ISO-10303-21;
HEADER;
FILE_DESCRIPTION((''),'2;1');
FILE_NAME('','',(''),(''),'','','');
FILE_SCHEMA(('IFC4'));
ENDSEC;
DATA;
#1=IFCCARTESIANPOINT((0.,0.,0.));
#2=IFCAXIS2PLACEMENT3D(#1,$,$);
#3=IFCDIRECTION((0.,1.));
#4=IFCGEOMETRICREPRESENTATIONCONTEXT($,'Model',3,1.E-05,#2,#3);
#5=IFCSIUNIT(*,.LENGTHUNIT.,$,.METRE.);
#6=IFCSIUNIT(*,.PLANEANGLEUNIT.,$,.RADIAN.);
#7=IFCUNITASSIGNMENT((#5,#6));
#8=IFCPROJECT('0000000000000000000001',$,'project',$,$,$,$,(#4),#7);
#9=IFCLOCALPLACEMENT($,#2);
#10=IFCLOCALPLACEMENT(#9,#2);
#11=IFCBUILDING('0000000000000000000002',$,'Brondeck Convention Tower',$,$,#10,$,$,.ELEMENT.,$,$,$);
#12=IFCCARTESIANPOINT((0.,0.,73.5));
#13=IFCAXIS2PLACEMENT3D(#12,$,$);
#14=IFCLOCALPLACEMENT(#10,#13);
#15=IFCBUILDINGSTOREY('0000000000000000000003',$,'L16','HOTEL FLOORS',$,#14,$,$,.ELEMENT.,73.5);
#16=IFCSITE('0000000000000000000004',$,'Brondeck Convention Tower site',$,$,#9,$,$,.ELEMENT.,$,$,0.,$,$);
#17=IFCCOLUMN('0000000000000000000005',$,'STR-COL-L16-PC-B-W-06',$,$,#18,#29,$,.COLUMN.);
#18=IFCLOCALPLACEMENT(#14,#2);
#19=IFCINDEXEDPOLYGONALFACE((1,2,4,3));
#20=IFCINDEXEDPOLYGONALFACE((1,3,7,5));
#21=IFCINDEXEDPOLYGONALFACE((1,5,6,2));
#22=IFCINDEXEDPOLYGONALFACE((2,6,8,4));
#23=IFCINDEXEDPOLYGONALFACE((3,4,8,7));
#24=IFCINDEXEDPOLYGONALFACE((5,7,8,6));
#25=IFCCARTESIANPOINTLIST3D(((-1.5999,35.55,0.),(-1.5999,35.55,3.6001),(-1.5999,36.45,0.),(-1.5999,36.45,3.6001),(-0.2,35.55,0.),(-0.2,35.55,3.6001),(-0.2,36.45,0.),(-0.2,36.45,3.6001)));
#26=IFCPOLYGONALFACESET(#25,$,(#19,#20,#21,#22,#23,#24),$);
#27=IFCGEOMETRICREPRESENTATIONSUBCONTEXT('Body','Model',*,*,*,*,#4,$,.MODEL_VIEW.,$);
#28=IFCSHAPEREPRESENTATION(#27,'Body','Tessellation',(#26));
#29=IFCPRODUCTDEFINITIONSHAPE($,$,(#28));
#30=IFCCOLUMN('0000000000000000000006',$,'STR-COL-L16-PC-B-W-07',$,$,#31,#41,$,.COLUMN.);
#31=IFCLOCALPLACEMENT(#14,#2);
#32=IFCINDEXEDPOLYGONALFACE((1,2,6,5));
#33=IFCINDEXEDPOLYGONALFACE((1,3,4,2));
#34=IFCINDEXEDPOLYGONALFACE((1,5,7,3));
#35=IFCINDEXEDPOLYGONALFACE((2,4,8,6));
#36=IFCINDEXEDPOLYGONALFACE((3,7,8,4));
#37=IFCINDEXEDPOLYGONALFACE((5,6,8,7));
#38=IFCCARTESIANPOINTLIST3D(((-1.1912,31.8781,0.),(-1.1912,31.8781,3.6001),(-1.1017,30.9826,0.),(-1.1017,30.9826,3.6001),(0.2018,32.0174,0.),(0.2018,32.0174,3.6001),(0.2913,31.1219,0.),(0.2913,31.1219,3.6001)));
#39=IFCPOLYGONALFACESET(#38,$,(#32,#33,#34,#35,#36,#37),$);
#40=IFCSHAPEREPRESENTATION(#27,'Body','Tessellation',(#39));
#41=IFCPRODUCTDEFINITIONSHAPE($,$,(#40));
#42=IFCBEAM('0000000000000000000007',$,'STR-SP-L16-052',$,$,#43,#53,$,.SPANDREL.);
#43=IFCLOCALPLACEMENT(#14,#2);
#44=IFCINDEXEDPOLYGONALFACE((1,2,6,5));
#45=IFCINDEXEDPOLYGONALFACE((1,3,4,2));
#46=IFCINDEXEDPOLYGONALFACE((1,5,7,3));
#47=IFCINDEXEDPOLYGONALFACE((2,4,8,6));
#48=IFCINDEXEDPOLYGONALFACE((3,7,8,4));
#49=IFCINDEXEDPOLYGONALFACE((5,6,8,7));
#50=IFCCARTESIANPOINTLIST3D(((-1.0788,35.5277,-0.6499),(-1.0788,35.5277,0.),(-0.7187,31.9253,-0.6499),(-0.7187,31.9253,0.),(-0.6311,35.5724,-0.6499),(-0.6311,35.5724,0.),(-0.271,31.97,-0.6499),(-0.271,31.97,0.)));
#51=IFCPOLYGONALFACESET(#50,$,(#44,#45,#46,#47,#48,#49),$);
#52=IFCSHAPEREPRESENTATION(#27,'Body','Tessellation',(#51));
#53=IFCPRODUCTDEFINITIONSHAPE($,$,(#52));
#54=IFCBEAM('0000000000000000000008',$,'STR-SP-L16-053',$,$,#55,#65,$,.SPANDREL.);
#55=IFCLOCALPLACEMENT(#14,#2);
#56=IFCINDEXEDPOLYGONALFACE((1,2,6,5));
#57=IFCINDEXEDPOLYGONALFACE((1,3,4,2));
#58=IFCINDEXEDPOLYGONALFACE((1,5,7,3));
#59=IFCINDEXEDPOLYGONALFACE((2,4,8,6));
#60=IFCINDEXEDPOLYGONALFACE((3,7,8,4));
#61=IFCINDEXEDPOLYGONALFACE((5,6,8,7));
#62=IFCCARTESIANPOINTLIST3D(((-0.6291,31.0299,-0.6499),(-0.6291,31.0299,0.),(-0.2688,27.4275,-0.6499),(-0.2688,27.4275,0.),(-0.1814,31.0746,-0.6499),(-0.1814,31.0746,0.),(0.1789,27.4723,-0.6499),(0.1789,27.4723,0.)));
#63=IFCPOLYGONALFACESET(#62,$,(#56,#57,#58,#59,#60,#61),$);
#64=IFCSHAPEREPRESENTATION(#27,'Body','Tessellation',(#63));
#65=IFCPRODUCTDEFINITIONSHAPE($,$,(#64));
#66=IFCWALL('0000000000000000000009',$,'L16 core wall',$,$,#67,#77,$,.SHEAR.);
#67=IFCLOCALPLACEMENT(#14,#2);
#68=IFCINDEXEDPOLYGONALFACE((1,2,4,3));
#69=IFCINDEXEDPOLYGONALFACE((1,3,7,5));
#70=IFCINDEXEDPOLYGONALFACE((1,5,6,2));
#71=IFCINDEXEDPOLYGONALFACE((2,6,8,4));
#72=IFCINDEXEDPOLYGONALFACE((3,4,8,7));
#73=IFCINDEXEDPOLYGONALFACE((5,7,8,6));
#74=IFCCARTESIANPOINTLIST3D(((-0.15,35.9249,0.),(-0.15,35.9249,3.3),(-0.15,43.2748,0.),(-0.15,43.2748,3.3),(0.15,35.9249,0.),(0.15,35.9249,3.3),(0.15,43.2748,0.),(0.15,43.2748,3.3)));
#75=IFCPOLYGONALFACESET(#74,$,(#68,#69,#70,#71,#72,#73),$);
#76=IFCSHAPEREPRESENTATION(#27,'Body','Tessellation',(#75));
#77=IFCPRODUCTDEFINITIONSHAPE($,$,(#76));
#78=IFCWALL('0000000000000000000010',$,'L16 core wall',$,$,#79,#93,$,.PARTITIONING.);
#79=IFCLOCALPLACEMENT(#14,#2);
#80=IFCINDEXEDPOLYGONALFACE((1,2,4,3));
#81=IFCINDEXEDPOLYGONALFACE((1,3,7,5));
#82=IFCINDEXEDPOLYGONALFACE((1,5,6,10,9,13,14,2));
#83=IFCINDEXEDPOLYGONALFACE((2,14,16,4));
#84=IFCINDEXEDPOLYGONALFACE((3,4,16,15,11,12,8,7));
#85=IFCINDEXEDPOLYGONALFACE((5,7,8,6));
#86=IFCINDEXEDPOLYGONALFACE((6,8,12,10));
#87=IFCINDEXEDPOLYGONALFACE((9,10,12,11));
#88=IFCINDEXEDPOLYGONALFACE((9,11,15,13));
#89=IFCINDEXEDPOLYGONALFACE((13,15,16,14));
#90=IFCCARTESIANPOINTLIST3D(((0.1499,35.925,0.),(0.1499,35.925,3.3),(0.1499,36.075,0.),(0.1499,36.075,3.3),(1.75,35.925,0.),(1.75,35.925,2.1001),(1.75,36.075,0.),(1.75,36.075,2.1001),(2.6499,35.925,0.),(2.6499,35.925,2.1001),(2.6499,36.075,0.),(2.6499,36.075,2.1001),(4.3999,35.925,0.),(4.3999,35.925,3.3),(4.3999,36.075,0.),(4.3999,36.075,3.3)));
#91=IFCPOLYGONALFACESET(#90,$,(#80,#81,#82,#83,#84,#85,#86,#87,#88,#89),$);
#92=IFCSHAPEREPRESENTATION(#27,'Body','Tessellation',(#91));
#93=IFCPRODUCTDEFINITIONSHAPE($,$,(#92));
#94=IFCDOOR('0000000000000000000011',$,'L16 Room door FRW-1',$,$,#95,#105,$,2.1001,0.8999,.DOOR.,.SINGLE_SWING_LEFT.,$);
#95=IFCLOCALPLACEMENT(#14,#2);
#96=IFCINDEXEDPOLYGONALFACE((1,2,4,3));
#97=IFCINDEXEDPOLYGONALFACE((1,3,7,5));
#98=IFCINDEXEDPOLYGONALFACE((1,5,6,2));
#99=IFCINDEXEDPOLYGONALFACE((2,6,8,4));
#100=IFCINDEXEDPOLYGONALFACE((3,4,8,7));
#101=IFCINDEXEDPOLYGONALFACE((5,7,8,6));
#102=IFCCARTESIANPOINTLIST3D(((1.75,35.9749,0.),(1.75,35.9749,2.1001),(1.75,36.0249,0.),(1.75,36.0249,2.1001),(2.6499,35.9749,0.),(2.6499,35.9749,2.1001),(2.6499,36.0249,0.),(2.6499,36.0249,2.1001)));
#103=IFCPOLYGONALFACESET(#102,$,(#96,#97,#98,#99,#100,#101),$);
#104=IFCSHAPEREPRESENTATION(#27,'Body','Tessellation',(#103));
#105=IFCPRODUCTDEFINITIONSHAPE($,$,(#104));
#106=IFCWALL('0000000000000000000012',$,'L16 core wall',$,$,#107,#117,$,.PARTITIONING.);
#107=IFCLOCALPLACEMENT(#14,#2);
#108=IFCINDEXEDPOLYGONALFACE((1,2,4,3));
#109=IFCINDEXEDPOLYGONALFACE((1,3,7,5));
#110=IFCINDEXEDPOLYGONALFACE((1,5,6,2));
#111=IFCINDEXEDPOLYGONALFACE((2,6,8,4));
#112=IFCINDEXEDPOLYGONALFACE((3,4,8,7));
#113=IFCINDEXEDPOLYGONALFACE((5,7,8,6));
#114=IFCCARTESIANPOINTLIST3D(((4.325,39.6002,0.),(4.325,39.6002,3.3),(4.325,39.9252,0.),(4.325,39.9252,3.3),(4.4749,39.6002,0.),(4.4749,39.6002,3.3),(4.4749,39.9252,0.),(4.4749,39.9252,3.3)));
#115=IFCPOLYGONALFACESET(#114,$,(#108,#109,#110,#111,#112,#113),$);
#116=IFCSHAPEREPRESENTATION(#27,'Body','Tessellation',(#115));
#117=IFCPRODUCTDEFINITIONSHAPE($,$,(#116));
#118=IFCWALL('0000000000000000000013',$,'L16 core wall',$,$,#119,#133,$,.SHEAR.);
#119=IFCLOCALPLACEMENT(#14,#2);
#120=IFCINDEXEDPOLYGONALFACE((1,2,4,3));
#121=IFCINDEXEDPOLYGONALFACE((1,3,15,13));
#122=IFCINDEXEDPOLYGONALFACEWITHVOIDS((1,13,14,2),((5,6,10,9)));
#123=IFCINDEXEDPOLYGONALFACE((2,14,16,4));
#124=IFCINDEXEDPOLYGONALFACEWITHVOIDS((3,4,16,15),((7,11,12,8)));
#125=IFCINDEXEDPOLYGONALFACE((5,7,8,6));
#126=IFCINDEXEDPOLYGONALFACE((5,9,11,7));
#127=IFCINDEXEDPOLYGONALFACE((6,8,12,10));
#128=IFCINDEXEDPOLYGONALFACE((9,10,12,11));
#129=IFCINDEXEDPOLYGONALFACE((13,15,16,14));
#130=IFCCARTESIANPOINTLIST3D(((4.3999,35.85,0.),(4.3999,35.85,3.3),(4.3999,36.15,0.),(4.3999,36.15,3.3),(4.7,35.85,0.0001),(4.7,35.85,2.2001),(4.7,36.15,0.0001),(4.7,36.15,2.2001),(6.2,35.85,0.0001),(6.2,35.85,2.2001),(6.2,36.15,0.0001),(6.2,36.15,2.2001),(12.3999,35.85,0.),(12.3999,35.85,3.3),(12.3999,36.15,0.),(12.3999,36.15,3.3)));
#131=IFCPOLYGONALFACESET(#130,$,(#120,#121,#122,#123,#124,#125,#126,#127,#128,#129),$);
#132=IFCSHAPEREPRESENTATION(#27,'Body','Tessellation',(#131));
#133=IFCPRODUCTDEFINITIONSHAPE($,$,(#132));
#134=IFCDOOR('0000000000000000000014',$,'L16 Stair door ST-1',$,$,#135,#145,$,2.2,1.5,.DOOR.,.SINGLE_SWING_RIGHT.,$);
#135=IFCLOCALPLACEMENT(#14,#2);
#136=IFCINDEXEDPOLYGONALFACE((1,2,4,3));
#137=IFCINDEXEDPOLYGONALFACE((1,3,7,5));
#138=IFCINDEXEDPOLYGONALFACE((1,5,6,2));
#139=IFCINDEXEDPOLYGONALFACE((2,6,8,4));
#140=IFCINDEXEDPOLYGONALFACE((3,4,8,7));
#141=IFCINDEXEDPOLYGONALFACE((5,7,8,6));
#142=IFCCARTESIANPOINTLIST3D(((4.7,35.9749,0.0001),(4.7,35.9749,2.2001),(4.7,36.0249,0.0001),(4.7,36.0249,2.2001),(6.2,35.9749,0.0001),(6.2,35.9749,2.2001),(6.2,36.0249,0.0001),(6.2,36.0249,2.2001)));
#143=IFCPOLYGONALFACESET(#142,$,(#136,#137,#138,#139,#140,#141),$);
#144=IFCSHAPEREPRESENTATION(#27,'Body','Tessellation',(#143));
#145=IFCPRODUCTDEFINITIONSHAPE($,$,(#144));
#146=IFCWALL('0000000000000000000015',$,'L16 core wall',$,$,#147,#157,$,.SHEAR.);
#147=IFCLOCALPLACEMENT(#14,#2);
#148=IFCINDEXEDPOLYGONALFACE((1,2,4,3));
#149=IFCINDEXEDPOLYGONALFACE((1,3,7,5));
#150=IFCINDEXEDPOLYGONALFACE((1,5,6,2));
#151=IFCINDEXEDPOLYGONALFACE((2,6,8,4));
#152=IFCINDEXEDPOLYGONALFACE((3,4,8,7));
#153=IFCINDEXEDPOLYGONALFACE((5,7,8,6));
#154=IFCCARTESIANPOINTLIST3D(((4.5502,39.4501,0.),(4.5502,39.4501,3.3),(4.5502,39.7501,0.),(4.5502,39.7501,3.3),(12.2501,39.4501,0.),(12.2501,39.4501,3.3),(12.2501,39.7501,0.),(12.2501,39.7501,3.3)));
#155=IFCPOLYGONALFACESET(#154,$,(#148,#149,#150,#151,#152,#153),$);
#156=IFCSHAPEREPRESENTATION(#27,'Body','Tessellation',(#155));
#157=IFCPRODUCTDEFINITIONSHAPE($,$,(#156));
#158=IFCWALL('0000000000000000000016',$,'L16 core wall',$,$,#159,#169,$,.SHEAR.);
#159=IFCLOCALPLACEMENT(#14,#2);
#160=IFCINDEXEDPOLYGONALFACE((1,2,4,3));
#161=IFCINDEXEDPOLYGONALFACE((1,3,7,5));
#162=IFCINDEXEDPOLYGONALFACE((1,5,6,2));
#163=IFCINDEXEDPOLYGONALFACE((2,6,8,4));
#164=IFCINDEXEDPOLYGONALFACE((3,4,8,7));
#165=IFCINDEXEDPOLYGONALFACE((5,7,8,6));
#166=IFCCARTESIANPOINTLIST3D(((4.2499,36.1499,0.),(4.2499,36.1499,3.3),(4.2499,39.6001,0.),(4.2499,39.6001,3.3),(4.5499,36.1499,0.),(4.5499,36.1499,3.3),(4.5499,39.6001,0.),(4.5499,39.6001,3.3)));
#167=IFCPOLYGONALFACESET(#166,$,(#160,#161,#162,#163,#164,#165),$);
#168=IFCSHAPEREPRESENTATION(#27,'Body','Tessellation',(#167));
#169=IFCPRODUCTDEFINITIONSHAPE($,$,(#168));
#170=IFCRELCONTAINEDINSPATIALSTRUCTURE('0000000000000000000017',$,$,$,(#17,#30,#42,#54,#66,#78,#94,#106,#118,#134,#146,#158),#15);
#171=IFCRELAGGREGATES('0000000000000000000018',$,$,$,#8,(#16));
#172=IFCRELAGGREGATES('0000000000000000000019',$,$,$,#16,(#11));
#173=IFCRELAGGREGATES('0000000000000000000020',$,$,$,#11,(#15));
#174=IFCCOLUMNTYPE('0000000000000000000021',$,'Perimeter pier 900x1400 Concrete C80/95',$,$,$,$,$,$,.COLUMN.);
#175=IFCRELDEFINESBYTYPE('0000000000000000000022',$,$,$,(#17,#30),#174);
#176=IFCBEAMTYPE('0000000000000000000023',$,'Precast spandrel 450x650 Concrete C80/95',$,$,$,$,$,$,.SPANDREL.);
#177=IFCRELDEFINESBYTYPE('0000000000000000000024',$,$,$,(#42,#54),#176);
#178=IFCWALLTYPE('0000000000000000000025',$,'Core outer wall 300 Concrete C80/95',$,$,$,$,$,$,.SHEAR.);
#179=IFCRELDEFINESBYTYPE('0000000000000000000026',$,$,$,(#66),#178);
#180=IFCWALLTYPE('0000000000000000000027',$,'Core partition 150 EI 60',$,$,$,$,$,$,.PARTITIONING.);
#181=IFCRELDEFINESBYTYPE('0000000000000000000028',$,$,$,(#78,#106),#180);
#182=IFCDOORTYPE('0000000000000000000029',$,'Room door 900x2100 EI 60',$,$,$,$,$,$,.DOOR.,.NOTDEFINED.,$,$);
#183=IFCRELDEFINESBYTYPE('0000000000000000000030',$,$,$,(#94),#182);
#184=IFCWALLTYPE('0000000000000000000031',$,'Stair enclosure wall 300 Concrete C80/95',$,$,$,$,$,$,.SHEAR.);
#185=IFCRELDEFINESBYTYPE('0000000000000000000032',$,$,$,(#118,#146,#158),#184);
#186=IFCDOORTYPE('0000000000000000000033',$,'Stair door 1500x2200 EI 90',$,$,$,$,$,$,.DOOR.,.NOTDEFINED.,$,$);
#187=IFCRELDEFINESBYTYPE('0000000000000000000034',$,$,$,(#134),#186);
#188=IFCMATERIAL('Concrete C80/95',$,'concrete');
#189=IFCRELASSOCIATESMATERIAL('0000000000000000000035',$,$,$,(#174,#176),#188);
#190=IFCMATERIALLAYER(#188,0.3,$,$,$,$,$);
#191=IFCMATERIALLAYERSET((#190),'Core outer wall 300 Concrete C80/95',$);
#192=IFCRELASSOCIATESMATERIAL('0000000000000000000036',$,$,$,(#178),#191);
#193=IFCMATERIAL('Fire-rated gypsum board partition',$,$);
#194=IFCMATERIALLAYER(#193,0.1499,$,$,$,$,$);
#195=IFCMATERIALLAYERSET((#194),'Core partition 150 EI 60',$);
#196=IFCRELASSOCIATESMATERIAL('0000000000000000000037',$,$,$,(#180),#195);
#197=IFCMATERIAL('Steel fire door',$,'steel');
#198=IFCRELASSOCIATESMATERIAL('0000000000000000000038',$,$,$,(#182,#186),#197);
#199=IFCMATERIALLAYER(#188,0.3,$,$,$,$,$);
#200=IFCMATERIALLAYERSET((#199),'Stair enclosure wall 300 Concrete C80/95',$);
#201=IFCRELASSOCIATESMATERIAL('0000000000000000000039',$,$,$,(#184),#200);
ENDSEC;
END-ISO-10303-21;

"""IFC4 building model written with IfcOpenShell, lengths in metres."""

from ifc_helpers import new_model, si_unit, direction, frame, frame_2d, origin, origin_2d, place, context, subcontext, project, spatial, rectangle, extrude, material, layer, layer_set, material_profile, profile_set, type_object, element, fill, save


model = new_model("IFC4")

# Units and contexts
model_context = context("Model", 3, precision=1e-05, world=origin(), true_north=direction((0.0, 1.0)))
body_context = subcontext(model_context, "Body", "Model", "MODEL_VIEW")
ifc_project = project(units=[si_unit("LENGTHUNIT", "METRE"), si_unit("PLANEANGLEUNIT", "RADIAN")], contexts=[model_context])

# Site, building, storey
site_placement = place(None, origin())
site = spatial("IfcSite", under=ifc_project, at=site_placement, Name="Brondeck Convention Tower site", CompositionType="ELEMENT", RefElevation=0.0)
building_placement = place(site_placement, origin())
building = spatial("IfcBuilding", under=site, at=building_placement, Name="Brondeck Convention Tower", CompositionType="ELEMENT")
storey_placement = place(building_placement, frame((0.0, 0.0, 73.5)))
storey = spatial("IfcBuildingStorey", under=building, at=storey_placement, Name="L16", Description="HOTEL FLOORS", CompositionType="ELEMENT", Elevation=73.5)

# Columns
ifc_material_1 = material(Name="Concrete C80/95", Category="concrete")
ifc_material_profile_1 = material_profile(ifc_material_1, rectangle(XDim=0.8999, YDim=1.3999, at=origin_2d()), Name="Perimeter pier 900x1400 Concrete C80/95")
ifc_profile_set_1 = profile_set([ifc_material_profile_1], Name="Concrete C80/95")
column_type = type_object("IfcColumnType", Name="Perimeter pier 900x1400 Concrete C80/95", PredefinedType="COLUMN", material=ifc_profile_set_1)
for number, where, z_axis, x_axis, name in (
    (1, (-0.8999, 36.0, 0.0), (0.0, 0.0, 1.0), (0.0, -1.0, 0.0), "STR-COL-L16-PC-B-W-06"),
    (2, (-0.45, 31.5, 0.0), (0.0, 0.0, 1.0), (0.099504, -0.995037, 0.0), "STR-COL-L16-PC-B-W-07"),
):
    element("IfcColumn", number, at=place(storey_placement, frame(where, z_axis=z_axis, x_axis=x_axis)), inside=storey, type_object=column_type, Name=name, PredefinedType="COLUMN", context=body_context, shape_type="SweptSolid", body=[
        extrude(rectangle(XDim=0.8999, YDim=1.3999, at=origin_2d()), origin(), (0.0, 0.0, 1.0), 3.6001),
    ])

# Beams
ifc_material_profile_2 = material_profile(ifc_material_1, rectangle(XDim=0.45, YDim=0.6499, at=origin_2d()), Name="Precast spandrel 450x650 Concrete C80/95")
ifc_profile_set_2 = profile_set([ifc_material_profile_2], Name="Concrete C80/95")
beam_type = type_object("IfcBeamType", Name="Precast spandrel 450x650 Concrete C80/95", PredefinedType="SPANDREL", material=ifc_profile_set_2)
for number, where, z_axis, x_axis, name in (
    (3, (-0.855, 35.55, -0.325), (0.09947, -0.995041, 0.0), (0.995041, 0.09947, 0.0), "STR-SP-L16-052"),
    (4, (-0.4053, 31.0522, -0.325), (0.099537, -0.995034, 0.0), (0.995034, 0.099537, 0.0), "STR-SP-L16-053"),
):
    element("IfcBeam", number, at=place(storey_placement, frame(where, z_axis=z_axis, x_axis=x_axis)), inside=storey, type_object=beam_type, Name=name, PredefinedType="SPANDREL", context=body_context, shape_type="SweptSolid", body=[
        extrude(rectangle(XDim=0.45, YDim=0.6499, at=origin_2d()), origin(), (0.0, 0.0, 1.0), 3.6204),
    ])

# Wall
ifc_layer_1 = layer(ifc_material_1, 0.3)
ifc_layer_set_1 = layer_set([ifc_layer_1], Name="Core outer wall 300 Concrete C80/95")
wall_type_1 = type_object("IfcWallType", Name="Core outer wall 300 Concrete C80/95", PredefinedType="SHEAR", material=ifc_layer_set_1)
wall_1_placement = place(storey_placement, frame((0.0, 35.925, 0.0), z_axis=(0.0, 0.0, 1.0), x_axis=(0.0, 1.0, 0.0)))
element("IfcWall", 5, at=wall_1_placement, inside=storey, type_object=wall_type_1, Name="L16 core wall", PredefinedType="SHEAR", context=body_context, shape_type="SweptSolid", body=[
    extrude(rectangle(XDim=7.3499, YDim=0.3, at=frame_2d((3.6748, 0.0))), origin(), (0.0, 0.0, 1.0), 3.3),
])

# Wall, opening, door
ifc_material_2 = material(Name="Fire-rated gypsum board partition")
ifc_layer_2 = layer(ifc_material_2, 0.1499)
ifc_layer_set_2 = layer_set([ifc_layer_2], Name="Core partition 150 EI 60")
wall_type_2 = type_object("IfcWallType", Name="Core partition 150 EI 60", PredefinedType="PARTITIONING", material=ifc_layer_set_2)
wall_2_placement = place(storey_placement, frame((0.1499, 36.0, 0.0), z_axis=(0.0, 0.0, 1.0), x_axis=(1.0, 0.0, 0.0)))
wall_2 = element("IfcWall", 6, at=wall_2_placement, inside=storey, type_object=wall_type_2, Name="L16 core wall", PredefinedType="PARTITIONING", context=body_context, shape_type="SweptSolid", body=[
    extrude(rectangle(XDim=4.25, YDim=0.1499, at=frame_2d((2.125, 0.0))), origin(), (0.0, 0.0, 1.0), 3.3),
])
opening_1_placement = place(wall_2_placement, frame((1.6001, 0.0, 0.0)))
opening_1 = element("IfcOpeningElement", 7, at=opening_1_placement, cuts=wall_2, PredefinedType="OPENING", context=body_context, shape_type="SweptSolid", body=[
    extrude(rectangle(XDim=0.8999, YDim=2.1001, at=frame_2d((0.45, 1.05))), frame((0.0, 0.085, 0.0), z_axis=(0.0, -1.0, 0.0), x_axis=(1.0, 0.0, 0.0)), (0.0, 0.0, 1.0), 0.1699),
])
ifc_material_3 = material(Name="Steel fire door", Category="steel")
door_type_1 = type_object("IfcDoorType", Name="Room door 900x2100 EI 60", OperationType="NOTDEFINED", PredefinedType="DOOR", material=ifc_material_3)
door_1_placement = place(opening_1_placement, origin())
door_1 = element("IfcDoor", 8, at=door_1_placement, inside=storey, type_object=door_type_1, Name="L16 Room door FRW-1", OperationType="SINGLE_SWING_LEFT", OverallHeight=2.1001, OverallWidth=0.8999, PredefinedType="DOOR", context=body_context, shape_type="SweptSolid", body=[
    extrude(rectangle(XDim=0.8999, YDim=2.1001, at=frame_2d((0.45, 1.05))), frame((0.0, 0.0249, 0.0), z_axis=(0.0, -1.0, 0.0), x_axis=(1.0, 0.0, 0.0)), (0.0, 0.0, 1.0), 0.05),
])
fill(opening_1, door_1)

# Wall
wall_3_placement = place(storey_placement, frame((4.3999, 39.6001, 0.0), z_axis=(0.0, 0.0, 1.0), x_axis=(0.0, 1.0, 0.0)))
element("IfcWall", 9, at=wall_3_placement, inside=storey, type_object=wall_type_2, Name="L16 core wall", PredefinedType="PARTITIONING", context=body_context, shape_type="SweptSolid", body=[
    extrude(rectangle(XDim=0.325, YDim=0.1499, at=frame_2d((0.1626, 0.0))), origin(), (0.0, 0.0, 1.0), 3.3),
])

# Wall, opening, door
ifc_layer_3 = layer(ifc_material_1, 0.3)
ifc_layer_set_3 = layer_set([ifc_layer_3], Name="Stair enclosure wall 300 Concrete C80/95")
wall_type_3 = type_object("IfcWallType", Name="Stair enclosure wall 300 Concrete C80/95", PredefinedType="SHEAR", material=ifc_layer_set_3)
wall_4_placement = place(storey_placement, frame((4.3999, 36.0, 0.0), z_axis=(0.0, 0.0, 1.0), x_axis=(1.0, 0.0, 0.0)))
wall_4 = element("IfcWall", 10, at=wall_4_placement, inside=storey, type_object=wall_type_3, Name="L16 core wall", PredefinedType="SHEAR", context=body_context, shape_type="SweptSolid", body=[
    extrude(rectangle(XDim=8.0, YDim=0.3, at=frame_2d((4.0, 0.0))), origin(), (0.0, 0.0, 1.0), 3.3),
])
opening_2_placement = place(wall_4_placement, frame((0.3, 0.0, 0.0)))
opening_2 = element("IfcOpeningElement", 11, at=opening_2_placement, cuts=wall_4, PredefinedType="OPENING", context=body_context, shape_type="SweptSolid", body=[
    extrude(rectangle(XDim=1.5, YDim=2.2, at=frame_2d((0.75, 1.1001))), frame((0.0, 0.1599, 0.0), z_axis=(0.0, -1.0, 0.0), x_axis=(1.0, 0.0, 0.0)), (0.0, 0.0, 1.0), 0.3201),
])
door_type_2 = type_object("IfcDoorType", Name="Stair door 1500x2200 EI 90", OperationType="NOTDEFINED", PredefinedType="DOOR", material=ifc_material_3)
door_2_placement = place(opening_2_placement, origin())
door_2 = element("IfcDoor", 12, at=door_2_placement, inside=storey, type_object=door_type_2, Name="L16 Stair door ST-1", OperationType="SINGLE_SWING_RIGHT", OverallHeight=2.2, OverallWidth=1.5, PredefinedType="DOOR", context=body_context, shape_type="SweptSolid", body=[
    extrude(rectangle(XDim=1.5, YDim=2.2, at=frame_2d((0.75, 1.1001))), frame((0.0, 0.0249, 0.0), z_axis=(0.0, -1.0, 0.0), x_axis=(1.0, 0.0, 0.0)), (0.0, 0.0, 1.0), 0.05),
])
fill(opening_2, door_2)

# Walls
wall_5_placement = place(storey_placement, frame((4.55, 39.6001, 0.0), z_axis=(0.0, 0.0, 1.0), x_axis=(1.0, 0.0, 0.0)))
element("IfcWall", 13, at=wall_5_placement, inside=storey, type_object=wall_type_3, Name="L16 core wall", PredefinedType="SHEAR", context=body_context, shape_type="SweptSolid", body=[
    extrude(rectangle(XDim=7.7, YDim=0.3, at=frame_2d((3.8501, 0.0))), origin(), (0.0, 0.0, 1.0), 3.3),
])
wall_6_placement = place(storey_placement, frame((4.3999, 36.1499, 0.0), z_axis=(0.0, 0.0, 1.0), x_axis=(0.0, 1.0, 0.0)))
element("IfcWall", 14, at=wall_6_placement, inside=storey, type_object=wall_type_3, Name="L16 core wall", PredefinedType="SHEAR", context=body_context, shape_type="SweptSolid", body=[
    extrude(rectangle(XDim=3.4502, YDim=0.3, at=frame_2d((1.7251, 0.0))), origin(), (0.0, 0.0, 1.0), 3.3),
])

save(model, "model.ifc")
